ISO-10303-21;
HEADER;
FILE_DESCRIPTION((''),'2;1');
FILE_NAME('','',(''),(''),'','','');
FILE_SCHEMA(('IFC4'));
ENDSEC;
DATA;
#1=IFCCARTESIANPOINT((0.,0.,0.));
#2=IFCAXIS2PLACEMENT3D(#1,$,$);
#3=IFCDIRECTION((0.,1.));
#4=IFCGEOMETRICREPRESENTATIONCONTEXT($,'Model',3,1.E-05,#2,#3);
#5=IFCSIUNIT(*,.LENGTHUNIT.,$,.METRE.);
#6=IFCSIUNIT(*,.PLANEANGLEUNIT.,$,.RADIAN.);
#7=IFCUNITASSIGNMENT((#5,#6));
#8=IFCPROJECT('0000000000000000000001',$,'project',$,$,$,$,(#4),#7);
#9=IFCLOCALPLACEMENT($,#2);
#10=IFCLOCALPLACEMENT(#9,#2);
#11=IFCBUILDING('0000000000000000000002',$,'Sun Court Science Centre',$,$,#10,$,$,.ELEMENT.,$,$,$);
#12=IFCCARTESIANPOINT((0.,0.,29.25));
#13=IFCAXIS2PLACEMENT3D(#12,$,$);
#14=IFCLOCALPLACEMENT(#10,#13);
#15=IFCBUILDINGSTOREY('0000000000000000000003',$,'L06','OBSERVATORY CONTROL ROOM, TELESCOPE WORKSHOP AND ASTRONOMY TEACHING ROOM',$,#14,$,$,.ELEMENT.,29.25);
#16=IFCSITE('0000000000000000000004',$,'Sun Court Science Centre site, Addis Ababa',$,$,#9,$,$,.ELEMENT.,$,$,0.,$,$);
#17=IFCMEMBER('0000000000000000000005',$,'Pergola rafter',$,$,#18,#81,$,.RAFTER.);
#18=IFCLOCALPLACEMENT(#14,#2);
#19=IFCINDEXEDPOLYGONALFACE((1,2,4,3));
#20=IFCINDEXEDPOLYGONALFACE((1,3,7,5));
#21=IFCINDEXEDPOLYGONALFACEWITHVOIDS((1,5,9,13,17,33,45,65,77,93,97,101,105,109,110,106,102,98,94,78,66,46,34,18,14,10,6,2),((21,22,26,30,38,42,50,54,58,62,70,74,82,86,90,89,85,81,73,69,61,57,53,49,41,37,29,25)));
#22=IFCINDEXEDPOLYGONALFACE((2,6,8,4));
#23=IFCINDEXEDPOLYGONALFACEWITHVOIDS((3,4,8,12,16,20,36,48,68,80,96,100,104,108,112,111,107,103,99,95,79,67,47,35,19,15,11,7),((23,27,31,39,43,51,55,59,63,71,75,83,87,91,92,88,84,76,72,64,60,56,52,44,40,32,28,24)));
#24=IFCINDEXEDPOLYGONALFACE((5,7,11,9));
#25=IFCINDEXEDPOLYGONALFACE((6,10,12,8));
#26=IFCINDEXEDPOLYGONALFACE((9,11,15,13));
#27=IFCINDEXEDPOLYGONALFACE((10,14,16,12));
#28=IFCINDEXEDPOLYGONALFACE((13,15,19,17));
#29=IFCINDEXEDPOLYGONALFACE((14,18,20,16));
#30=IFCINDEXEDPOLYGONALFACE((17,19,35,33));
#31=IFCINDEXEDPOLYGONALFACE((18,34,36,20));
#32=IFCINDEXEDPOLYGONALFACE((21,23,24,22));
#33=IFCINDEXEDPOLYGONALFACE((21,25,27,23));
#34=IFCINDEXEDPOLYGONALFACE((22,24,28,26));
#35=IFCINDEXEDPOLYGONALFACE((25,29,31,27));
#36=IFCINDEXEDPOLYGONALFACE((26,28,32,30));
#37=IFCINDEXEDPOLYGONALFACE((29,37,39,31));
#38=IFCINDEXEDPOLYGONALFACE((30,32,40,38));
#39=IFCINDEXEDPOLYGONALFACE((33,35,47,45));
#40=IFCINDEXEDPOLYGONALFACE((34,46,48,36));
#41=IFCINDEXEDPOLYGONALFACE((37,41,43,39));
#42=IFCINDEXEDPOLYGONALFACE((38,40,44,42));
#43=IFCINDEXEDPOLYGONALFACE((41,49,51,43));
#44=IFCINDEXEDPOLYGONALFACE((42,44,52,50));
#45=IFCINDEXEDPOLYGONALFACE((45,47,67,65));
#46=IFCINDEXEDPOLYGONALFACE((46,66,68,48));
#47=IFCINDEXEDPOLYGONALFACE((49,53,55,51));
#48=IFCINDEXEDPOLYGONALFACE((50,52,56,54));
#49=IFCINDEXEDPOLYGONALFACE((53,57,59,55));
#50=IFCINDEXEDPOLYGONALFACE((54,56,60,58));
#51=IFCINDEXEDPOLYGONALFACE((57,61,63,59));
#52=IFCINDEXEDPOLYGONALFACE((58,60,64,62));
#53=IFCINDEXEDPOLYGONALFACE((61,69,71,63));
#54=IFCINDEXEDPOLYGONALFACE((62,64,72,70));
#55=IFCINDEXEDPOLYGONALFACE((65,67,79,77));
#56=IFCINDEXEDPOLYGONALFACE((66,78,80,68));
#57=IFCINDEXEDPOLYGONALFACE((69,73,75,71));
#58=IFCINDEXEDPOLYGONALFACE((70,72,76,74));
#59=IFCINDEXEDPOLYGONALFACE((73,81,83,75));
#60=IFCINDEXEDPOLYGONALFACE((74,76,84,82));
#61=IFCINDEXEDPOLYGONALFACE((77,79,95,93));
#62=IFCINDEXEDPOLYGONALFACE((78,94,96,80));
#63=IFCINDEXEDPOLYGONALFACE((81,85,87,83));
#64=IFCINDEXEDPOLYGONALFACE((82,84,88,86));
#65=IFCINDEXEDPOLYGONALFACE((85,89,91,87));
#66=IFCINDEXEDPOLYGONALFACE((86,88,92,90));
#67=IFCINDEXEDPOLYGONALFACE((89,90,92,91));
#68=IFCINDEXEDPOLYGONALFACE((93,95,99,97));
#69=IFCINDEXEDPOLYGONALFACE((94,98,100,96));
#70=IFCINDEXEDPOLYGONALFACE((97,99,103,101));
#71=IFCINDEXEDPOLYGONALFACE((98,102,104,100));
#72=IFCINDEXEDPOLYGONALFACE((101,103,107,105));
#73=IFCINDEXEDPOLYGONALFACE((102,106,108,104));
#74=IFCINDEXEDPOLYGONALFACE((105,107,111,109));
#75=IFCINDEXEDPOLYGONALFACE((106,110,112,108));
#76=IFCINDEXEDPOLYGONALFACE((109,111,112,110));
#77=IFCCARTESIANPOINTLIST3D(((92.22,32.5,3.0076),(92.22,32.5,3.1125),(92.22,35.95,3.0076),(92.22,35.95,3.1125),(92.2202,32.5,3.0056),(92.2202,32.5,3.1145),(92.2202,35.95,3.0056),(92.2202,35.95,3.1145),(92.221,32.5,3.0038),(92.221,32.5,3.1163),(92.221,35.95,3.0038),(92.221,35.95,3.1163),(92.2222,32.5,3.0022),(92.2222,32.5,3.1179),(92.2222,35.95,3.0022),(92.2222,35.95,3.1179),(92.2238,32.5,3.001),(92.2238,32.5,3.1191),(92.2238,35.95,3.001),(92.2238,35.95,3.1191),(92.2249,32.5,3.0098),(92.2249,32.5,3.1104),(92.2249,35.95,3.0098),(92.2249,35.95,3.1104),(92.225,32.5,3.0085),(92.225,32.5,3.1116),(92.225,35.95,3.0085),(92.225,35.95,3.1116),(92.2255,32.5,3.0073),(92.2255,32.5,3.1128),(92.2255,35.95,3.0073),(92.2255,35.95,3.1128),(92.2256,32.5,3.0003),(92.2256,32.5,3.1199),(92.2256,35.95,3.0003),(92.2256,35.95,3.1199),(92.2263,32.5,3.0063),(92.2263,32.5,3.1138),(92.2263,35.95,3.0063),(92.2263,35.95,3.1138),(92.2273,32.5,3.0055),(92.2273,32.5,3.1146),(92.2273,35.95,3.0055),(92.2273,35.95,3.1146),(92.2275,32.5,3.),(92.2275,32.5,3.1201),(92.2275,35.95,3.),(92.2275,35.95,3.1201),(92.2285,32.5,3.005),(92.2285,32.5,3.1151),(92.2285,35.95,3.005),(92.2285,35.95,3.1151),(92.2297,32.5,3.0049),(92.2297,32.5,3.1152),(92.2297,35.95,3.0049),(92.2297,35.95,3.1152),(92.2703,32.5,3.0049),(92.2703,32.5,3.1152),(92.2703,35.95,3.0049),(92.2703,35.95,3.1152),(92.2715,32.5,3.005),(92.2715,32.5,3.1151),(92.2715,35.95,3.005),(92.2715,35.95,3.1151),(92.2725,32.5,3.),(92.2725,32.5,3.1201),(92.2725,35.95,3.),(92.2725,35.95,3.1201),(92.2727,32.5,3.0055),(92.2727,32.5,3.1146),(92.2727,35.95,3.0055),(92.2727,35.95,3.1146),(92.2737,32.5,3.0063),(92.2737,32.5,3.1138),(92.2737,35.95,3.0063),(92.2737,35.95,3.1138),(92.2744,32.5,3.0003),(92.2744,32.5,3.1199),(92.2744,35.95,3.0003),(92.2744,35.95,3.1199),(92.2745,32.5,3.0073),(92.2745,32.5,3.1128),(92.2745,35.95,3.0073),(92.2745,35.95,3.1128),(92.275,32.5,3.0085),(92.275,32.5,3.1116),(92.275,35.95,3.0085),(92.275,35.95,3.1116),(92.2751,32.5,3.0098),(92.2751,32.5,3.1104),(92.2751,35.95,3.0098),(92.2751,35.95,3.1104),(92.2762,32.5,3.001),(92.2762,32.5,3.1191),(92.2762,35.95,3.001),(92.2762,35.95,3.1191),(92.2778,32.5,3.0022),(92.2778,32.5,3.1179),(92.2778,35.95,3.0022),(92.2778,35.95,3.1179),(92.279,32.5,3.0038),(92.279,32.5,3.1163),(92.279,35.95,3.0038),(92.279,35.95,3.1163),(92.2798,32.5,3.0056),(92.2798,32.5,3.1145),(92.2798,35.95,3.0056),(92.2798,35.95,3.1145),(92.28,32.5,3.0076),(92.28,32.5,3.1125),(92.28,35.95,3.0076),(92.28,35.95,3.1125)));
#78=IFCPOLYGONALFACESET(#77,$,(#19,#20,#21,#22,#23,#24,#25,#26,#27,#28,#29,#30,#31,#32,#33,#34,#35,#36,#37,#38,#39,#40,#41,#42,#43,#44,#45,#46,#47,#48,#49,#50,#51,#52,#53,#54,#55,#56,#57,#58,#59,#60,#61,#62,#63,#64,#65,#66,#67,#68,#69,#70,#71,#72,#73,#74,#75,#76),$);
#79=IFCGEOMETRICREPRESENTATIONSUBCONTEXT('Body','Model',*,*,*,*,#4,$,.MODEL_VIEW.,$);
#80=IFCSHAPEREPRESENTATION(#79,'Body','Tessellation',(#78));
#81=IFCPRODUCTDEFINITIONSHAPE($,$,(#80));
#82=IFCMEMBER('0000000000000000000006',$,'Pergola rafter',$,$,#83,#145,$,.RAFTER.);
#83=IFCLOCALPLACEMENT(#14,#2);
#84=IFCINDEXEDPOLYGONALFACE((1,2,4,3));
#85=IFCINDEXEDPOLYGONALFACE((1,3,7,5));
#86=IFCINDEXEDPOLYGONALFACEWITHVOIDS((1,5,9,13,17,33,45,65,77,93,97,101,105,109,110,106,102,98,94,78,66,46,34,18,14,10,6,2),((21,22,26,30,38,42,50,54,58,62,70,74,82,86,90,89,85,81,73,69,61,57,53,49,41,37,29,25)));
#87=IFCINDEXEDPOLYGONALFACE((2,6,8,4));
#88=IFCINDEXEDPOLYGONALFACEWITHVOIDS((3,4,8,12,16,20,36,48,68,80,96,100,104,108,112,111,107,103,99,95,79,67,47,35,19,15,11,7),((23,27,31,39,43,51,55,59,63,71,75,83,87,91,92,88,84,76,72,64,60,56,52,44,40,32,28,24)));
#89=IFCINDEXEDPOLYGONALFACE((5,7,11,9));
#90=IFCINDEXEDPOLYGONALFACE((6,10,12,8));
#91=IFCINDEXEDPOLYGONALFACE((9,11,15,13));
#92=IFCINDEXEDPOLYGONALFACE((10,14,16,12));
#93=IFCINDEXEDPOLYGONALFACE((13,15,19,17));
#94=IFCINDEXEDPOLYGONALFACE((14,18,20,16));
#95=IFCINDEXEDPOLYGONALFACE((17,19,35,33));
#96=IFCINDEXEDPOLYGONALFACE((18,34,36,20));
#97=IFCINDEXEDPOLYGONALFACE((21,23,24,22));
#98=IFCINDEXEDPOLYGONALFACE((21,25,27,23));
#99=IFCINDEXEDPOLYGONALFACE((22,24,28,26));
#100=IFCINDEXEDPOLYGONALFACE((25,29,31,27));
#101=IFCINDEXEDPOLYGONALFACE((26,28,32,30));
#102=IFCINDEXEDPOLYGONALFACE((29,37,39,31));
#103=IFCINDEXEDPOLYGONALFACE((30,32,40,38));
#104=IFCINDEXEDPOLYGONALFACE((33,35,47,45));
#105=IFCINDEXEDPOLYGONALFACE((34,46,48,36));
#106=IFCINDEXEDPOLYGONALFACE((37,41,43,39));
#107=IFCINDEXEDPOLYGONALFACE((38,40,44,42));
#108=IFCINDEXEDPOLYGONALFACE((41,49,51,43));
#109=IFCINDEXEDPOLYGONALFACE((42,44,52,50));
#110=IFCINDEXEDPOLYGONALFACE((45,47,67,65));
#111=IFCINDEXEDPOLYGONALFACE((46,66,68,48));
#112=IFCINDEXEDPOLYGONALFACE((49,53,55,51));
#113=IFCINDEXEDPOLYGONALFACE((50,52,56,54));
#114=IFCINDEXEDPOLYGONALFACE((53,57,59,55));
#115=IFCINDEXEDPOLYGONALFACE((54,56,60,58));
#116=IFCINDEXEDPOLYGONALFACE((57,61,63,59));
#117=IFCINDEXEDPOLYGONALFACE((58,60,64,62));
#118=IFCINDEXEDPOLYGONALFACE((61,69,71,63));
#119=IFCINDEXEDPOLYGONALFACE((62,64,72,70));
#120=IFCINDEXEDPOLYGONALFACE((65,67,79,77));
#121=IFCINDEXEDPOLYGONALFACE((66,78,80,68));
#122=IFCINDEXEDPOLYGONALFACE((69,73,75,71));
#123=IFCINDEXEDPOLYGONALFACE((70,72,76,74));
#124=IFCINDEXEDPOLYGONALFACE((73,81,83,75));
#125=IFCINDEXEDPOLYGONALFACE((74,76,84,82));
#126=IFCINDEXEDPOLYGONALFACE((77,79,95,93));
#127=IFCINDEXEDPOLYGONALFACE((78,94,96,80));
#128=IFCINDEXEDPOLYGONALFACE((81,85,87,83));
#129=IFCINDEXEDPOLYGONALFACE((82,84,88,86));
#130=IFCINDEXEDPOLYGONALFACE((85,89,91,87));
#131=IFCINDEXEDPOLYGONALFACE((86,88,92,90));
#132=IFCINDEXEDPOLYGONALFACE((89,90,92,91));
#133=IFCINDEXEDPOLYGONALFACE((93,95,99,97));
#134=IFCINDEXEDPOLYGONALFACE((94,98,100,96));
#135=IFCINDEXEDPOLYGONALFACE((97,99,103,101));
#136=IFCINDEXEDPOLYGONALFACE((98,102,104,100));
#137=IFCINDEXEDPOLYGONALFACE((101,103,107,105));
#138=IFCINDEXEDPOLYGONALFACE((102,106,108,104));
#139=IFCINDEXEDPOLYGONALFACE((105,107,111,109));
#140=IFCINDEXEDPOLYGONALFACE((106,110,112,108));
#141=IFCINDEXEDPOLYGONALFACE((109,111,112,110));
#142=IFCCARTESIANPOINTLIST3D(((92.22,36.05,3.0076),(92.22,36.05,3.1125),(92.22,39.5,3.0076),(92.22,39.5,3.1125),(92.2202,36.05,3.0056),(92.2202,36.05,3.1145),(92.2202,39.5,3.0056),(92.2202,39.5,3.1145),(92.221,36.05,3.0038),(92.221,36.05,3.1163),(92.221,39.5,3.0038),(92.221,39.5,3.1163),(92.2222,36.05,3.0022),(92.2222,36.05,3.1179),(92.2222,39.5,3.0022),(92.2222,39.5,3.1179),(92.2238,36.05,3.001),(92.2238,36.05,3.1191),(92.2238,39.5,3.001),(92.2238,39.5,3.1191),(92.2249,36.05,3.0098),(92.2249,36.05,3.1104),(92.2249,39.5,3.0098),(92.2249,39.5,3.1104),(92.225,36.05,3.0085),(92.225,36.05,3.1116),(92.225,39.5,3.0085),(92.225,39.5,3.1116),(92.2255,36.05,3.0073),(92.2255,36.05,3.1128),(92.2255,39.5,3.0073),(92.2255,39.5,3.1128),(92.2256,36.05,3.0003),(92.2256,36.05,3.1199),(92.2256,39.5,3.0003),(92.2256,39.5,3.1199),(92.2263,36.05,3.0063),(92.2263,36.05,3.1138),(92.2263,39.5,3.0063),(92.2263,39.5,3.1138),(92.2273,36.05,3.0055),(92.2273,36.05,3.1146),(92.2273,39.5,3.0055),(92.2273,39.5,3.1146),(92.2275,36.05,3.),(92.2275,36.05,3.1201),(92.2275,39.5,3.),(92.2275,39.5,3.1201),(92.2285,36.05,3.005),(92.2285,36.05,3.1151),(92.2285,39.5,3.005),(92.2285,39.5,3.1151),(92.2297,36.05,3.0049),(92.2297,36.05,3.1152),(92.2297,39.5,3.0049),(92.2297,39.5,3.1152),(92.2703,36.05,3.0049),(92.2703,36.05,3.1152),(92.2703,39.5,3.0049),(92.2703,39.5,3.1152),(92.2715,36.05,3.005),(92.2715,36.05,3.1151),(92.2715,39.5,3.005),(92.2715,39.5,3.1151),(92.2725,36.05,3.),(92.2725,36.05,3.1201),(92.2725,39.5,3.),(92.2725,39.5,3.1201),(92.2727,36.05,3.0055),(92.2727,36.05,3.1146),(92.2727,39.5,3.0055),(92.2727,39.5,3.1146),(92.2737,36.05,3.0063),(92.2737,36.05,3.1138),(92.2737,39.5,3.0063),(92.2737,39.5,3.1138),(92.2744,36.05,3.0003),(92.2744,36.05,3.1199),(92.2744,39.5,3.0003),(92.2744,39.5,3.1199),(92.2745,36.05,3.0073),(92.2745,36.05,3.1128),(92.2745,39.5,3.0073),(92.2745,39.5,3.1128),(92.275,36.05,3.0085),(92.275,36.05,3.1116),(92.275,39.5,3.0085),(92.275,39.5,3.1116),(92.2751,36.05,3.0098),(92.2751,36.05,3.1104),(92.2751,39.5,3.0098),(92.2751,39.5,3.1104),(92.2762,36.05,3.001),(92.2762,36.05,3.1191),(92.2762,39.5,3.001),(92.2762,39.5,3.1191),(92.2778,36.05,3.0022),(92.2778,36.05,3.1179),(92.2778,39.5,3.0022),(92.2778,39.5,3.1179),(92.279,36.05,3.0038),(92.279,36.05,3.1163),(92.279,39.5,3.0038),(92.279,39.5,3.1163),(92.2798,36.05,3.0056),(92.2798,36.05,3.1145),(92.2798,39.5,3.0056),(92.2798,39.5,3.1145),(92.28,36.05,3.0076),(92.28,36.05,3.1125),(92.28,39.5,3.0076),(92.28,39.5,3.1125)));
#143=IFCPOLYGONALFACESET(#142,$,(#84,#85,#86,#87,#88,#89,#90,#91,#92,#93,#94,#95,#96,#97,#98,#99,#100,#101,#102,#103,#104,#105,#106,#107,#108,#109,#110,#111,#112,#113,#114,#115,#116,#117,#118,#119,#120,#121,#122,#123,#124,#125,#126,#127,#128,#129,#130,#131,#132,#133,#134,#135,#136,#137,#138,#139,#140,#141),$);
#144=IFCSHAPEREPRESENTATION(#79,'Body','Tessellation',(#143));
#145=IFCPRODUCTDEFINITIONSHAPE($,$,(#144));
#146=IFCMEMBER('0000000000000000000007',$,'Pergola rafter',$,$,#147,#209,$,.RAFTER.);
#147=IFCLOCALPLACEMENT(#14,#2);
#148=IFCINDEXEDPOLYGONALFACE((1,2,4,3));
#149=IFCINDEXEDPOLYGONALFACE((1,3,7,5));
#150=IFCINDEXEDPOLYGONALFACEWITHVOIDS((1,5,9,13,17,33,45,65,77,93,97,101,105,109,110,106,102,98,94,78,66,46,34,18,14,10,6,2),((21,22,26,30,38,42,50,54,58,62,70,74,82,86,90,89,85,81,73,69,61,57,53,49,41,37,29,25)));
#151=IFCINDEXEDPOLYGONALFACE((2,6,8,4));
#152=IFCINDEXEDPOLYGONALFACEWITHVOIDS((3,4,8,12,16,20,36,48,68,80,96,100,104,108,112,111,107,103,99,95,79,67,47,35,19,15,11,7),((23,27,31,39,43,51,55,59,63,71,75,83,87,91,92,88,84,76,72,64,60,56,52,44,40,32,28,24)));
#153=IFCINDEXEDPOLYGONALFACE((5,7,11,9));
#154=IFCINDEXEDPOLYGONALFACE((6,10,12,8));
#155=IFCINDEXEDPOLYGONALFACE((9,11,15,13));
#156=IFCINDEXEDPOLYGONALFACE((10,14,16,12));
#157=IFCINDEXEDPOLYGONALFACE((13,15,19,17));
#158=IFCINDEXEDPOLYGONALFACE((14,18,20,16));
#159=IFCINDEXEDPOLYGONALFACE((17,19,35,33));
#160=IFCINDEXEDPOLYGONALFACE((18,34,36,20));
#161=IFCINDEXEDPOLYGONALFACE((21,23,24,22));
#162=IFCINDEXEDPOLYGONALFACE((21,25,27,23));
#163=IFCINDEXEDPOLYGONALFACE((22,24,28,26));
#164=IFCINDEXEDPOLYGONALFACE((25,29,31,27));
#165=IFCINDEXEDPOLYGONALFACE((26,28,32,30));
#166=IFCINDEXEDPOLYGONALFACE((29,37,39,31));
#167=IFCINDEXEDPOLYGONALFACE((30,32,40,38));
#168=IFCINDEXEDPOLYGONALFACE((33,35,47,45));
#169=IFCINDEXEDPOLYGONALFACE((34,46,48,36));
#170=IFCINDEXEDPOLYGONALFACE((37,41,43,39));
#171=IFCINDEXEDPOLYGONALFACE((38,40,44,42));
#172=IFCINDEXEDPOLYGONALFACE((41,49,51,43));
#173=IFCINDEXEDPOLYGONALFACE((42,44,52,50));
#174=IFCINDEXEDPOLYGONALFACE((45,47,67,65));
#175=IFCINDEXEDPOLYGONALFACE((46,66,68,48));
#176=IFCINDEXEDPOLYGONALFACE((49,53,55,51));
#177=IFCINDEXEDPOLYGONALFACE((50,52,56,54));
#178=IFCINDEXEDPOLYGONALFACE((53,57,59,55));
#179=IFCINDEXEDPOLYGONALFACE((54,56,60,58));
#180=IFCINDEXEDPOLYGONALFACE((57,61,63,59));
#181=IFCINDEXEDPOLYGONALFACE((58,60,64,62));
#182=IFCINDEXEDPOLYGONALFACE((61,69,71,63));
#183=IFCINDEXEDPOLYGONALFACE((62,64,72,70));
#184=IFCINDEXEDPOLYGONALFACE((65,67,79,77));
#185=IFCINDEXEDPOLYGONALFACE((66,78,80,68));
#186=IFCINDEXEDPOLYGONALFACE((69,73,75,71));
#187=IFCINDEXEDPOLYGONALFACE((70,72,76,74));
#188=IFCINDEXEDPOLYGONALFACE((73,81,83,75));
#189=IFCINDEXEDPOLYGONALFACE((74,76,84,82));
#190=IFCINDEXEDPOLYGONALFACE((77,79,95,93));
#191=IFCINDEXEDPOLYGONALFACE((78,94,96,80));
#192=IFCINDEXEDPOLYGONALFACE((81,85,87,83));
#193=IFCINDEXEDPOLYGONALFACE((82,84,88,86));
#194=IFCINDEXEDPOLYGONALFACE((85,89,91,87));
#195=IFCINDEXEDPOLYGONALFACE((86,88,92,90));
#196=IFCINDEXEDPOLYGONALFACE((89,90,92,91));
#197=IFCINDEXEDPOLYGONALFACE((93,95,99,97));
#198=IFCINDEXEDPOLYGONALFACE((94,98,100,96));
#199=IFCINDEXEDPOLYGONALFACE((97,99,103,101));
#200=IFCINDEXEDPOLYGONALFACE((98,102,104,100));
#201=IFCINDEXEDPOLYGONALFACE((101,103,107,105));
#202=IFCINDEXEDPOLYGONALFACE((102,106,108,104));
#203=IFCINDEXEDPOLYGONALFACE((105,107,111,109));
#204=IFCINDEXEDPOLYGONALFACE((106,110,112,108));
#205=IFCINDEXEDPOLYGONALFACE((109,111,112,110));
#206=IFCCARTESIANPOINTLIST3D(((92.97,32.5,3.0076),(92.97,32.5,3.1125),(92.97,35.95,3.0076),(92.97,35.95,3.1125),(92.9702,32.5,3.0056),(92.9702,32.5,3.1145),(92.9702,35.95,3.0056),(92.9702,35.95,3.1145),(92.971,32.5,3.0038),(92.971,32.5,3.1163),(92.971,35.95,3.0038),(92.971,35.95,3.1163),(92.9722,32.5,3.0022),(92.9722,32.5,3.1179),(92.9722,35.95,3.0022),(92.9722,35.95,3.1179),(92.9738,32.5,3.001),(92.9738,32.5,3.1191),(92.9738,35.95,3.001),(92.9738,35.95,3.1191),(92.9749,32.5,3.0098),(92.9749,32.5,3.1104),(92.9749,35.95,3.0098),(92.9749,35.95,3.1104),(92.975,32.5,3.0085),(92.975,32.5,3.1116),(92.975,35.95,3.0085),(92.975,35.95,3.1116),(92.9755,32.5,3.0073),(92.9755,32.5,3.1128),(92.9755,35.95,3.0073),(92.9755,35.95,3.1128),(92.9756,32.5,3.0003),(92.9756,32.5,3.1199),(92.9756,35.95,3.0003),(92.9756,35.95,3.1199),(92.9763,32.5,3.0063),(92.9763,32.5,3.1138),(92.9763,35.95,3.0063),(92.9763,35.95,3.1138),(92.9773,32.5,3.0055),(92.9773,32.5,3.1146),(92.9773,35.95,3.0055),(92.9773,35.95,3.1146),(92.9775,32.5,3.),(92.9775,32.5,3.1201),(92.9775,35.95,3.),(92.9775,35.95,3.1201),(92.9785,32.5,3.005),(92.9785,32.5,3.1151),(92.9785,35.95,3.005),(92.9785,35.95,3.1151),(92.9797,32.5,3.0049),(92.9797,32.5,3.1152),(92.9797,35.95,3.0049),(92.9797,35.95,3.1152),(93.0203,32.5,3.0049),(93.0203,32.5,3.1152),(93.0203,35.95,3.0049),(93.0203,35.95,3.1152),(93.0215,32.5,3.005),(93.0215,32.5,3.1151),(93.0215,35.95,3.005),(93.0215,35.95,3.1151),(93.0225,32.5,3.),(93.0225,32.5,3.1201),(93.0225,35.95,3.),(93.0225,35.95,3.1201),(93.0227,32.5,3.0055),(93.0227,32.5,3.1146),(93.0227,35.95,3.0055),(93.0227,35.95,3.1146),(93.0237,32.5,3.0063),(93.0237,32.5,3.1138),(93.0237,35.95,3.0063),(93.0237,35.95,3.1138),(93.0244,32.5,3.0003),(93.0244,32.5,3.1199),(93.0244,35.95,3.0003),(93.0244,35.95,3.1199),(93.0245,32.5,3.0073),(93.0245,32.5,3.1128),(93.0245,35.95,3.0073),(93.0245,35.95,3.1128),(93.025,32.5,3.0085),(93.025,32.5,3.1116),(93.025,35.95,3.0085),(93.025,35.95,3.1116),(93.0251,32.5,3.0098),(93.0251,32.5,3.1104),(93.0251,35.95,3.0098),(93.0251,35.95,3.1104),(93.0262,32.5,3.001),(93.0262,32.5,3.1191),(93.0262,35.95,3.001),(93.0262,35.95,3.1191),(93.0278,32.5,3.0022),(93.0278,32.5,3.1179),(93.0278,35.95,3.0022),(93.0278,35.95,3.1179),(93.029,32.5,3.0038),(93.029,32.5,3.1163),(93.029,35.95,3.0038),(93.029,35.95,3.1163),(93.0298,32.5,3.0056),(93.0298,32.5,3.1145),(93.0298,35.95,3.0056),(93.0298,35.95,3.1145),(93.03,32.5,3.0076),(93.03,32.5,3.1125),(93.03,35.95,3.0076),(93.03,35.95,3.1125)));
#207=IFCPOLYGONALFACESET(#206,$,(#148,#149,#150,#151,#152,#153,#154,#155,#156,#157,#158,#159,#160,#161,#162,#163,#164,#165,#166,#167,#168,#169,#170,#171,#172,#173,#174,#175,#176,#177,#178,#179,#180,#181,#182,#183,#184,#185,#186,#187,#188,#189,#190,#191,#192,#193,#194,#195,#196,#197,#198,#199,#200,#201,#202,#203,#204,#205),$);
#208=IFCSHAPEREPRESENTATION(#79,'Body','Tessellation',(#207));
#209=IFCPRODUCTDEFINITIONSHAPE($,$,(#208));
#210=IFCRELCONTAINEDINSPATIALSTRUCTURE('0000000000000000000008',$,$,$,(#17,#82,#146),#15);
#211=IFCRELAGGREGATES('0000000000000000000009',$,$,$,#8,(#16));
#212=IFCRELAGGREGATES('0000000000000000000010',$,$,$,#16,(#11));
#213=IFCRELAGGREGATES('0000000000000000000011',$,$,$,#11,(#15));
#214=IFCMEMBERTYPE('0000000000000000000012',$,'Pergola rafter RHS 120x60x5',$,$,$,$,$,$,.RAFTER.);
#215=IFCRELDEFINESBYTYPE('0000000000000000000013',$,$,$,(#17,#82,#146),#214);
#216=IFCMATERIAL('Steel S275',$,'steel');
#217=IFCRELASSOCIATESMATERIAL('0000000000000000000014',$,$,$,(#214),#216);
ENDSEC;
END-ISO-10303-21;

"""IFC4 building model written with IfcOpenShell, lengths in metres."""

from ifc_helpers import new_model, si_unit, direction, frame, origin, origin_2d, place, context, subcontext, project, spatial, hollow_rectangle, extrude, material, material_profile, profile_set, type_object, element, save


model = new_model("IFC4")

# Units and contexts
model_context = context("Model", 3, precision=1e-05, world=origin(), true_north=direction((0.0, 1.0)))
body_context = subcontext(model_context, "Body", "Model", "MODEL_VIEW")
ifc_project = project(units=[si_unit("LENGTHUNIT", "METRE"), si_unit("PLANEANGLEUNIT", "RADIAN")], contexts=[model_context])

# Site, building, storey
site_placement = place(None, origin())
site = spatial("IfcSite", under=ifc_project, at=site_placement, Name="Sun Court Science Centre site, Addis Ababa", CompositionType="ELEMENT", RefElevation=0.0)
building_placement = place(site_placement, origin())
building = spatial("IfcBuilding", under=site, at=building_placement, Name="Sun Court Science Centre", CompositionType="ELEMENT")
storey_placement = place(building_placement, frame((0.0, 0.0, 29.25)))
storey = spatial("IfcBuildingStorey", under=building, at=storey_placement, Name="L06", Description="OBSERVATORY CONTROL ROOM, TELESCOPE WORKSHOP AND ASTRONOMY TEACHING ROOM", CompositionType="ELEMENT", Elevation=29.25)

# Members
ifc_material_1 = material(Name="Steel S275", Category="steel")
ifc_material_profile_1 = material_profile(ifc_material_1, hollow_rectangle(XDim=0.0601, YDim=0.1201, WallThickness=0.0049, InnerFilletRadius=0.0049, OuterFilletRadius=0.0076, at=origin_2d()), Name="RHS 120x60x5")
ifc_profile_set_1 = profile_set([ifc_material_profile_1], Name="Steel S275")
member_type_1 = type_object("IfcMemberType", Name="Pergola rafter RHS 120x60x5", PredefinedType="RAFTER", material=ifc_profile_set_1)
for number, where, z_axis, x_axis, name in (
    (1, (92.25, 32.5, 3.0601), (0.0, 1.0, 0.0), (-1.0, 0.0, 0.0), "Pergola rafter"),
    (2, (92.25, 36.05, 3.0601), (0.0, 1.0, 0.0), (-1.0, 0.0, 0.0), "Pergola rafter"),
    (3, (93.0, 32.5, 3.0601), (0.0, 1.0, 0.0), (-1.0, 0.0, 0.0), "Pergola rafter"),
):
    element("IfcMember", number, at=place(storey_placement, frame(where, z_axis=z_axis, x_axis=x_axis)), inside=storey, type_object=member_type_1, Name=name, PredefinedType="RAFTER", context=body_context, shape_type="SweptSolid", body=[
        extrude(hollow_rectangle(XDim=0.0601, YDim=0.1201, WallThickness=0.0049, InnerFilletRadius=0.0049, OuterFilletRadius=0.0076, at=origin_2d()), origin(), (0.0, 0.0, 1.0), 3.45),
    ])

save(model, "model.ifc")
